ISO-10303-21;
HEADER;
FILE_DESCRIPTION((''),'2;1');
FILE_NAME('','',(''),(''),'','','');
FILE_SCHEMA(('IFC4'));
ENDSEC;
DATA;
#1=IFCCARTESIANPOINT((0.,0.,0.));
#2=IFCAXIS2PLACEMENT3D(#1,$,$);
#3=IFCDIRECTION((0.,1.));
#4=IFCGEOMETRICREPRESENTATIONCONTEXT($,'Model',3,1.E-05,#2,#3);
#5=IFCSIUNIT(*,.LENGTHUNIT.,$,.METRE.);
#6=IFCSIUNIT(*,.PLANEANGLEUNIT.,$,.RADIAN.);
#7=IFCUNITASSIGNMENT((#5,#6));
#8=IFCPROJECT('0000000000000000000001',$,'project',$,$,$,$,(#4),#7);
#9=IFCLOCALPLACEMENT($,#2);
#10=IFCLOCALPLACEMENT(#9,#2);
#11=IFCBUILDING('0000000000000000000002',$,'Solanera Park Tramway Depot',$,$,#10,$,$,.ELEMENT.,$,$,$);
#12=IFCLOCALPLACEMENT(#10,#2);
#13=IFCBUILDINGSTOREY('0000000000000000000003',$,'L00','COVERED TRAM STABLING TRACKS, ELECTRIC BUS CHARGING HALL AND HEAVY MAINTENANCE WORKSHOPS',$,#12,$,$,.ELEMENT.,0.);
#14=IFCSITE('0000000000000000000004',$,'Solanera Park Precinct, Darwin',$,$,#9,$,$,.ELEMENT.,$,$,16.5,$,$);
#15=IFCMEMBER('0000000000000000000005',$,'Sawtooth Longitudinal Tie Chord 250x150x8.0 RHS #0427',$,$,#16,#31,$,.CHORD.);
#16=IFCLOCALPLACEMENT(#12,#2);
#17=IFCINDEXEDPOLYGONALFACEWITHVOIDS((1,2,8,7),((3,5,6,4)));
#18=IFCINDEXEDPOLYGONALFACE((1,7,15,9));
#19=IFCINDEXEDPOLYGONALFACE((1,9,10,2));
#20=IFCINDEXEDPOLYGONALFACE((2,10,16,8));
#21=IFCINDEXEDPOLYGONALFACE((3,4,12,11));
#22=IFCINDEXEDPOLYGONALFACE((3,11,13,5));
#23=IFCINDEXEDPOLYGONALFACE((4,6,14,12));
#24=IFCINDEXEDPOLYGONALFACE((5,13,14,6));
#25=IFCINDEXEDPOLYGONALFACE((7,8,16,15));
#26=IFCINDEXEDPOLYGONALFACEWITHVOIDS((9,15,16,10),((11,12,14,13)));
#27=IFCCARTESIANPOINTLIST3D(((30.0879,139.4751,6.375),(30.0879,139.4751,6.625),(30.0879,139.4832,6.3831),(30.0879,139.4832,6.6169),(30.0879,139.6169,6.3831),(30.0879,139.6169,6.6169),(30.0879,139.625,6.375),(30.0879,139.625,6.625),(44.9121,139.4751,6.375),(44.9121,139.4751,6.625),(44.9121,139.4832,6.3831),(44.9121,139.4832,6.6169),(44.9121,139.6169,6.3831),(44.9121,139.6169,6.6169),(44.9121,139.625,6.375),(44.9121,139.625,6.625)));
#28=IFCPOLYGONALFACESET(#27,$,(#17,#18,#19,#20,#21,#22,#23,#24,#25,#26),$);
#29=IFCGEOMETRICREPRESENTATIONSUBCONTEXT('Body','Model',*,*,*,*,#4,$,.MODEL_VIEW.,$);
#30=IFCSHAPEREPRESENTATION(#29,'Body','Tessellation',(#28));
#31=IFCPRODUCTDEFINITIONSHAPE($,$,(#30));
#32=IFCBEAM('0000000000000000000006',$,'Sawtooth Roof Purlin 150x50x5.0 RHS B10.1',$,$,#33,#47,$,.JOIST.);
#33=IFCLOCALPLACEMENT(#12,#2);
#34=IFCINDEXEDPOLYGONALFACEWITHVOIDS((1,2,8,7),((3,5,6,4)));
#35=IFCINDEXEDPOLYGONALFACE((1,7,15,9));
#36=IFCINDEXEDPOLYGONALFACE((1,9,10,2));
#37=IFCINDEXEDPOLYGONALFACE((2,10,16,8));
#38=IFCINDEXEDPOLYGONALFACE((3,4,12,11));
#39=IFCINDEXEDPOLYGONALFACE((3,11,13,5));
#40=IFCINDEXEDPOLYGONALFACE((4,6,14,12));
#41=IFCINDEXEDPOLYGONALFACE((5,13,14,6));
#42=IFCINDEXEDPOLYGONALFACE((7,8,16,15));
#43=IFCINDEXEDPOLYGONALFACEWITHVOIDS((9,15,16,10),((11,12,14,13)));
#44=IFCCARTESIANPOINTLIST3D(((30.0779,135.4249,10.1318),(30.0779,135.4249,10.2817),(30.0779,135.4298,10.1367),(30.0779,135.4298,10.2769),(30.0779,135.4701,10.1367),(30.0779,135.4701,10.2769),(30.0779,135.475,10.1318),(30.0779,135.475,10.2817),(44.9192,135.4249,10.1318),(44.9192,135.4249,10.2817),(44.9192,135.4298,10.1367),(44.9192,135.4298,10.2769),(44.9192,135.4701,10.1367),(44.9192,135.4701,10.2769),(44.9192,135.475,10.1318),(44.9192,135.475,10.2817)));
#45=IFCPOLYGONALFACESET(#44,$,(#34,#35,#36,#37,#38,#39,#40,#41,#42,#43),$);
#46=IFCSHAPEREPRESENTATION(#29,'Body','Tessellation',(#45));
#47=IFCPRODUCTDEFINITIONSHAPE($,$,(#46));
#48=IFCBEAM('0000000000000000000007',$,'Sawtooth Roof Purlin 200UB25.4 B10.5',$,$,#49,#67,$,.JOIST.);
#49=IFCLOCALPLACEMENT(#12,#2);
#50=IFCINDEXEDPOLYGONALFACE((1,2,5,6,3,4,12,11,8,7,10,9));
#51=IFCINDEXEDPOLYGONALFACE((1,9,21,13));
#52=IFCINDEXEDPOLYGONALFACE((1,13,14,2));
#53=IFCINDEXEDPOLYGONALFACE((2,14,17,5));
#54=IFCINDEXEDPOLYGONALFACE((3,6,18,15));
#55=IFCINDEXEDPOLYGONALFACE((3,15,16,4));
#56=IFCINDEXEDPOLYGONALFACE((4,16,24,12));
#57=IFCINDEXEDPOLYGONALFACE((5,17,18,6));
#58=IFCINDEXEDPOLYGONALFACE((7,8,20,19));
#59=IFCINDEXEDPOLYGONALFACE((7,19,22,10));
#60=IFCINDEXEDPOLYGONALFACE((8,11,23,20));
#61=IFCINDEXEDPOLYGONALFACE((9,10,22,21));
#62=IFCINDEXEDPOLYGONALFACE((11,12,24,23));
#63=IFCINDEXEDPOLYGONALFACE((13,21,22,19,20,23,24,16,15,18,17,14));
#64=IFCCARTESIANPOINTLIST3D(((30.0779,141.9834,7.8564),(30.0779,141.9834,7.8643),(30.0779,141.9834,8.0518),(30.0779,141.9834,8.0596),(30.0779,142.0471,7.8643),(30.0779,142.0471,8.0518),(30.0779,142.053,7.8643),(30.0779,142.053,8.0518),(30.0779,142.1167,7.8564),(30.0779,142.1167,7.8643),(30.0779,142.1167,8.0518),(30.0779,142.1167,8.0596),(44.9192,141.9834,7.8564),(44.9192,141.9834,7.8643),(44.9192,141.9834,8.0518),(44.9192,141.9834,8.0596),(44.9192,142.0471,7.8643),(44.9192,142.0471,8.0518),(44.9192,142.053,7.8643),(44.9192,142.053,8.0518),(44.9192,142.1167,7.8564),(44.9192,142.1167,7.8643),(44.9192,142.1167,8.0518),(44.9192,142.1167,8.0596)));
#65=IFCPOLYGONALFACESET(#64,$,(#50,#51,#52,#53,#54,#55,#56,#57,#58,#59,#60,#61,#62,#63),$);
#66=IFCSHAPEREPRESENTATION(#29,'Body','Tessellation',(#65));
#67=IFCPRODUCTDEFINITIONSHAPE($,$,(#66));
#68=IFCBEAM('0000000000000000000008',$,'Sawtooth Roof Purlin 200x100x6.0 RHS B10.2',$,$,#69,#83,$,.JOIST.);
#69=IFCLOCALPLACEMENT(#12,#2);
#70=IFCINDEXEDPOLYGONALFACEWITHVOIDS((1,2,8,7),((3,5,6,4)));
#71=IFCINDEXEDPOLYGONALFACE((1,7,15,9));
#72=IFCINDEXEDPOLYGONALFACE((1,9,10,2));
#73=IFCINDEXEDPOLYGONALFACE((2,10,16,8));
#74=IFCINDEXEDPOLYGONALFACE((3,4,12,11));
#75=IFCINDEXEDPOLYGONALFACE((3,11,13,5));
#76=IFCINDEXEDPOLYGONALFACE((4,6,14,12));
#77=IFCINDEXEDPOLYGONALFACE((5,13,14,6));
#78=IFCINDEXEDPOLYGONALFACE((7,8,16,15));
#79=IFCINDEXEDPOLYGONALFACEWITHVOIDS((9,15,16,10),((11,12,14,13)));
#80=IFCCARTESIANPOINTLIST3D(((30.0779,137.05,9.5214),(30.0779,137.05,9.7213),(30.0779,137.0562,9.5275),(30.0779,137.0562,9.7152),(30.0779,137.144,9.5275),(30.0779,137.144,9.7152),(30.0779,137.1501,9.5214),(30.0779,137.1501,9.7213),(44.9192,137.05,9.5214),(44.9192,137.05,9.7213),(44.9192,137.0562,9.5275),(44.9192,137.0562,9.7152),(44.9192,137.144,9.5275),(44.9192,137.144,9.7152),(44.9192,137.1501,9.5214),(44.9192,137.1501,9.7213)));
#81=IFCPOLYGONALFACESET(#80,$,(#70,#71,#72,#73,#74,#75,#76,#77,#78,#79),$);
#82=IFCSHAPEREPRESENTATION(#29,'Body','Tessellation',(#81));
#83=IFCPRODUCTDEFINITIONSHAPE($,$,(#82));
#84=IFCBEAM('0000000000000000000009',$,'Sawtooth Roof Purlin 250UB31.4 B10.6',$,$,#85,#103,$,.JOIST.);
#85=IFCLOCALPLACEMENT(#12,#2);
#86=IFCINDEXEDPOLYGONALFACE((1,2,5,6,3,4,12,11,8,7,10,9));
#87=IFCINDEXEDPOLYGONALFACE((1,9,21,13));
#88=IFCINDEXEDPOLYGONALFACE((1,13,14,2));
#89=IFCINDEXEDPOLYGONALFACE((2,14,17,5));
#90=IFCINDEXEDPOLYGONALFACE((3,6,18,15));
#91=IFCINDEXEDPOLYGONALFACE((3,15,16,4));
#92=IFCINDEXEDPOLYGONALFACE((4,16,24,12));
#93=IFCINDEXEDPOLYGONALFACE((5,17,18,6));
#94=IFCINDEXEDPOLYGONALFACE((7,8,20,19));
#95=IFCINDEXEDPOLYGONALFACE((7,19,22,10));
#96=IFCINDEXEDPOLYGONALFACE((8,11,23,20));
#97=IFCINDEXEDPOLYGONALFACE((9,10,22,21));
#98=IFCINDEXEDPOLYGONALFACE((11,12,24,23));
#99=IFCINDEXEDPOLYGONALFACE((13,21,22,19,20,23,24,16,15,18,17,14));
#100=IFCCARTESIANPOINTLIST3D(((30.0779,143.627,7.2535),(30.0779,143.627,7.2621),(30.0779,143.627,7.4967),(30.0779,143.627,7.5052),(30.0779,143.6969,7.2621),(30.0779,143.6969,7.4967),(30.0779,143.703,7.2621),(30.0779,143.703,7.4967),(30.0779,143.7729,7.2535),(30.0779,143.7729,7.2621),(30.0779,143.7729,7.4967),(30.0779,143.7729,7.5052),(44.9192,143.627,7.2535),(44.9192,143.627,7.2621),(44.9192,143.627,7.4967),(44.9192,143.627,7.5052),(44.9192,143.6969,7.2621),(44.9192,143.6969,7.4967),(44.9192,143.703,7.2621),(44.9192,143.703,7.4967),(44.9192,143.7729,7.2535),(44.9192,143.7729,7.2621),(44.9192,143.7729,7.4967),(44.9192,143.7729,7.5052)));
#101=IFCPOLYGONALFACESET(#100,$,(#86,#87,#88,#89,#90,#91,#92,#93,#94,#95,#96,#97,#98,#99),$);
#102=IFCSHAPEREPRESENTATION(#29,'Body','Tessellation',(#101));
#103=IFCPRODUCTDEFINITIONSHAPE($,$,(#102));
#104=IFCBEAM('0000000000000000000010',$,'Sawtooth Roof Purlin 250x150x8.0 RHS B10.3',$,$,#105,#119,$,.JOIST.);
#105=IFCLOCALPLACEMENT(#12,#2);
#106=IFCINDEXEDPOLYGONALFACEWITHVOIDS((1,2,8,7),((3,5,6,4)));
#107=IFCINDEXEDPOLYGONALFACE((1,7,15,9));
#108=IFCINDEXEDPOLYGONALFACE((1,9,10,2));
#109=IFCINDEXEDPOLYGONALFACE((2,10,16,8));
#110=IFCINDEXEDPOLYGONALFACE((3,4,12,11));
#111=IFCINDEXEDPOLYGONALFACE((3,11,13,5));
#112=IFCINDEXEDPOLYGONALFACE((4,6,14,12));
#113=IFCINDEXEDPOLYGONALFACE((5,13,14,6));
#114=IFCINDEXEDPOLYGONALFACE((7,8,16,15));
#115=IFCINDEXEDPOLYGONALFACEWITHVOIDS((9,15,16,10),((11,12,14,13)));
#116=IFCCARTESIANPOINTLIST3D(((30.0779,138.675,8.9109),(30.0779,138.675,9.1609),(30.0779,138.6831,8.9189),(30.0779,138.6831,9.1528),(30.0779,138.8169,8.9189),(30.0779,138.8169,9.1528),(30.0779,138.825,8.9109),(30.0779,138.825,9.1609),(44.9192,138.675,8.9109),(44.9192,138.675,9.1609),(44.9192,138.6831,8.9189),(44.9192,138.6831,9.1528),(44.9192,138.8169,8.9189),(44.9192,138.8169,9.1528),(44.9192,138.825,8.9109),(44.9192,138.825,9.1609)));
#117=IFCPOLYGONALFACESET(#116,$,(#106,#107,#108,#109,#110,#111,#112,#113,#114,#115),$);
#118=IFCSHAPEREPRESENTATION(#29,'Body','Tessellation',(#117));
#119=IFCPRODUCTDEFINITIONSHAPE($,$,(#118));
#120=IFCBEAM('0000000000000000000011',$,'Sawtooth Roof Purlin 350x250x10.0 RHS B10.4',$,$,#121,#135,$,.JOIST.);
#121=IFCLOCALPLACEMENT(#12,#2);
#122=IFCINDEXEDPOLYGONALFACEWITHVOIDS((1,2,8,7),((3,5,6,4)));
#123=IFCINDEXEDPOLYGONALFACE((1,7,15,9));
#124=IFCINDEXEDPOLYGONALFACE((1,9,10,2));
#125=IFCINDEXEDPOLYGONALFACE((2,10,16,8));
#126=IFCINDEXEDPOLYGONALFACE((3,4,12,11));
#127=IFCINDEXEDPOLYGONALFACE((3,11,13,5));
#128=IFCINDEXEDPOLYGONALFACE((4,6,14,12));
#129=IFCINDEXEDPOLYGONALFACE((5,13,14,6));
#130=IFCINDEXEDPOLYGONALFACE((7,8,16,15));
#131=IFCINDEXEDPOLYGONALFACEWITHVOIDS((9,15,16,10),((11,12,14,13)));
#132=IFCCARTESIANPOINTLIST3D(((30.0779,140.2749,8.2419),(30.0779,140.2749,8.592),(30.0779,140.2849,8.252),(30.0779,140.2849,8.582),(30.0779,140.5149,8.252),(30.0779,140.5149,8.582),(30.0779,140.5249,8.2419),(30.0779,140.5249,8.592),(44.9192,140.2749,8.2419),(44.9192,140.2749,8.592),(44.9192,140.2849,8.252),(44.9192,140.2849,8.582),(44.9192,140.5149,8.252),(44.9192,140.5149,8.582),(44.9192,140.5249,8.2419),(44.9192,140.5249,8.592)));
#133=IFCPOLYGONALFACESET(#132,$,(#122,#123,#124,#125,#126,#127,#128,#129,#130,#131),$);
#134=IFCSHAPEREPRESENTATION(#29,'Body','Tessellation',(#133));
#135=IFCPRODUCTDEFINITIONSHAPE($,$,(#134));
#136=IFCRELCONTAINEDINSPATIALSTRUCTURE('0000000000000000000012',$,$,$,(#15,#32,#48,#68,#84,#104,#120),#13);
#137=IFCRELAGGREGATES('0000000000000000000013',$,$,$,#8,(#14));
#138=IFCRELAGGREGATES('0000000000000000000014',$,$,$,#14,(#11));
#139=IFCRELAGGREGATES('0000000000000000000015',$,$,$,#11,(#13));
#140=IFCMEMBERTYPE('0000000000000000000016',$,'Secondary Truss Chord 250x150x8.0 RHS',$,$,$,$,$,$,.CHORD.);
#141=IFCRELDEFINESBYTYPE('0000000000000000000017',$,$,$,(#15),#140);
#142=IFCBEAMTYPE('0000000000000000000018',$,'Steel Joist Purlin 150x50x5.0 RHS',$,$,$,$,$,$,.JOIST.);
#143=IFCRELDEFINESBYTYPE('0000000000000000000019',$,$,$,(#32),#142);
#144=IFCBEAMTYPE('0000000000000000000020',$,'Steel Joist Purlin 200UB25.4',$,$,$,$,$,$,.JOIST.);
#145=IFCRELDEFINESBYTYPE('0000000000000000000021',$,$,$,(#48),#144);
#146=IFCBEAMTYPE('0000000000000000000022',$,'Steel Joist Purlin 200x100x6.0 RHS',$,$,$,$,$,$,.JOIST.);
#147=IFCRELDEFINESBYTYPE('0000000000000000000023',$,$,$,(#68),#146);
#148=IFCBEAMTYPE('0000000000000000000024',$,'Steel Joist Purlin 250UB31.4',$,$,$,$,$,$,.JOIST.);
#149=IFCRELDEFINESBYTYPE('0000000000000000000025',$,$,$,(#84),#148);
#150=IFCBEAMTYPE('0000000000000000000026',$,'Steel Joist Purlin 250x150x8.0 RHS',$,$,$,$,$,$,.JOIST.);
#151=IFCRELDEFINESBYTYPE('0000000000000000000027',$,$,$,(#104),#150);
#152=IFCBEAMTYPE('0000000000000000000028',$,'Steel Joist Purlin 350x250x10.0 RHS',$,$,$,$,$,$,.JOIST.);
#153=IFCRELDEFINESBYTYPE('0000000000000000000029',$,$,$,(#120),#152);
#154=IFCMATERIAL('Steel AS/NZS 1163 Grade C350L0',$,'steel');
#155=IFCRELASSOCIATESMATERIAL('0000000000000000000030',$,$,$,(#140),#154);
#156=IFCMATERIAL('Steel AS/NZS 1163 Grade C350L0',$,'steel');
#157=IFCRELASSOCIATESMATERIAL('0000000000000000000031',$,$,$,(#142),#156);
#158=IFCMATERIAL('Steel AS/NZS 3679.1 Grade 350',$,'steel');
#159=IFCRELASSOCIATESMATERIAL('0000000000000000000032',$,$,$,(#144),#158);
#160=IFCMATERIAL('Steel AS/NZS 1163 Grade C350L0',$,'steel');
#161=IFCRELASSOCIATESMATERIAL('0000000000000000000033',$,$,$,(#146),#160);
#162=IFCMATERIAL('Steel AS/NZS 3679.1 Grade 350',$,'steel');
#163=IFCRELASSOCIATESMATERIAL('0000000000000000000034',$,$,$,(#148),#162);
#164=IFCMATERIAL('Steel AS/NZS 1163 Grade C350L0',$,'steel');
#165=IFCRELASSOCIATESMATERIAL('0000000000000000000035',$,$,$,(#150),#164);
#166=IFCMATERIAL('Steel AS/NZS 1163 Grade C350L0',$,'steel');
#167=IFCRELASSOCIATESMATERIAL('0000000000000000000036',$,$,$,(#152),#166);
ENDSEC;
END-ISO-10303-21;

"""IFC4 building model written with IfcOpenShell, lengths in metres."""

from ifc_helpers import new_model, si_unit, direction, frame, origin, origin_2d, place, context, subcontext, project, spatial, hollow_rectangle, i_section, extrude, material, material_profile, profile_set, type_object, element, save


model = new_model("IFC4")

# Units and contexts
model_context = context("Model", 3, precision=1e-05, world=origin(), true_north=direction((0.0, 1.0)))
body_context = subcontext(model_context, "Body", "Model", "MODEL_VIEW")
ifc_project = project(units=[si_unit("LENGTHUNIT", "METRE"), si_unit("PLANEANGLEUNIT", "RADIAN")], contexts=[model_context])

# Site, building, storey
site_placement = place(None, origin())
site = spatial("IfcSite", under=ifc_project, at=site_placement, Name="Solanera Park Precinct, Darwin", CompositionType="ELEMENT", RefElevation=16.5)
building_placement = place(site_placement, origin())
building = spatial("IfcBuilding", under=site, at=building_placement, Name="Solanera Park Tramway Depot", CompositionType="ELEMENT")
storey_placement = place(building_placement, origin())
storey = spatial("IfcBuildingStorey", under=building, at=storey_placement, Name="L00", Description="COVERED TRAM STABLING TRACKS, ELECTRIC BUS CHARGING HALL AND HEAVY MAINTENANCE WORKSHOPS", CompositionType="ELEMENT", Elevation=0.0)

# Member
ifc_material_1 = material(Name="Steel AS/NZS 1163 Grade C350L0", Category="steel")
ifc_material_profile_1 = material_profile(ifc_material_1, hollow_rectangle(XDim=0.1499, YDim=0.25, WallThickness=0.0081, at=origin_2d()), Name="250x150x8.0 RHS")
ifc_profile_set_1 = profile_set([ifc_material_profile_1], Name="Steel AS/NZS 1163 Grade C350L0")
member_type_1 = type_object("IfcMemberType", Name="Secondary Truss Chord 250x150x8.0 RHS", PredefinedType="CHORD", material=ifc_profile_set_1)
member_1_placement = place(storey_placement, frame((30.0879, 139.55, 6.5), z_axis=(1.0, 0.0, 0.0), x_axis=(0.0, 1.0, 0.0)))
element("IfcMember", 1, at=member_1_placement, inside=storey, type_object=member_type_1, Name="Sawtooth Longitudinal Tie Chord 250x150x8.0 RHS #0427", PredefinedType="CHORD", context=body_context, shape_type="SweptSolid", body=[
    extrude(hollow_rectangle(XDim=0.1499, YDim=0.25, WallThickness=0.0081, at=origin_2d()), origin(), (0.0, 0.0, 1.0), 14.8242),
])

# Beams
ifc_material_2 = material(Name="Steel AS/NZS 1163 Grade C350L0", Category="steel")
ifc_material_profile_2 = material_profile(ifc_material_2, hollow_rectangle(XDim=0.05, YDim=0.1499, WallThickness=0.0049, at=origin_2d()), Name="150x50x5.0 RHS")
ifc_profile_set_2 = profile_set([ifc_material_profile_2], Name="Steel AS/NZS 1163 Grade C350L0")
beam_type_1 = type_object("IfcBeamType", Name="Steel Joist Purlin 150x50x5.0 RHS", PredefinedType="JOIST", material=ifc_profile_set_2)
beam_1_placement = place(storey_placement, frame((30.0779, 135.45, 10.2068), z_axis=(1.0, 0.0, 0.0), x_axis=(0.0, 1.0, 0.0)))
element("IfcBeam", 2, at=beam_1_placement, inside=storey, type_object=beam_type_1, Name="Sawtooth Roof Purlin 150x50x5.0 RHS B10.1", PredefinedType="JOIST", context=body_context, shape_type="SweptSolid", body=[
    extrude(hollow_rectangle(XDim=0.05, YDim=0.1499, WallThickness=0.0049, at=origin_2d()), origin(), (0.0, 0.0, 1.0), 14.8413),
])
ifc_material_3 = material(Name="Steel AS/NZS 3679.1 Grade 350", Category="steel")
ifc_material_profile_3 = material_profile(ifc_material_3, i_section(OverallWidth=0.1333, OverallDepth=0.2031, WebThickness=0.0059, FlangeThickness=0.0078, at=origin_2d()), Name="200UB25.4")
ifc_profile_set_3 = profile_set([ifc_material_profile_3], Name="Steel AS/NZS 3679.1 Grade 350")
beam_type_2 = type_object("IfcBeamType", Name="Steel Joist Purlin 200UB25.4", PredefinedType="JOIST", material=ifc_profile_set_3)
beam_2_placement = place(storey_placement, frame((30.0779, 142.05, 7.958), z_axis=(1.0, 0.0, 0.0), x_axis=(0.0, 1.0, 0.0)))
element("IfcBeam", 3, at=beam_2_placement, inside=storey, type_object=beam_type_2, Name="Sawtooth Roof Purlin 200UB25.4 B10.5", PredefinedType="JOIST", context=body_context, shape_type="SweptSolid", body=[
    extrude(i_section(OverallWidth=0.1333, OverallDepth=0.2031, WebThickness=0.0059, FlangeThickness=0.0078, at=origin_2d()), origin(), (0.0, 0.0, 1.0), 14.8413),
])
ifc_material_4 = material(Name="Steel AS/NZS 1163 Grade C350L0", Category="steel")
ifc_material_profile_4 = material_profile(ifc_material_4, hollow_rectangle(XDim=0.1001, YDim=0.2, WallThickness=0.0061, at=origin_2d()), Name="200x100x6.0 RHS")
ifc_profile_set_4 = profile_set([ifc_material_profile_4], Name="Steel AS/NZS 1163 Grade C350L0")
beam_type_3 = type_object("IfcBeamType", Name="Steel Joist Purlin 200x100x6.0 RHS", PredefinedType="JOIST", material=ifc_profile_set_4)
beam_3_placement = place(storey_placement, frame((30.0779, 137.1001, 9.6213), z_axis=(1.0, 0.0, 0.0), x_axis=(0.0, 1.0, 0.0)))
element("IfcBeam", 4, at=beam_3_placement, inside=storey, type_object=beam_type_3, Name="Sawtooth Roof Purlin 200x100x6.0 RHS B10.2", PredefinedType="JOIST", context=body_context, shape_type="SweptSolid", body=[
    extrude(hollow_rectangle(XDim=0.1001, YDim=0.2, WallThickness=0.0061, at=origin_2d()), origin(), (0.0, 0.0, 1.0), 14.8413),
])
ifc_material_5 = material(Name="Steel AS/NZS 3679.1 Grade 350", Category="steel")
ifc_material_profile_5 = material_profile(ifc_material_5, i_section(OverallWidth=0.146, OverallDepth=0.2517, WebThickness=0.0061, FlangeThickness=0.0085, at=origin_2d()), Name="250UB31.4")
ifc_profile_set_5 = profile_set([ifc_material_profile_5], Name="Steel AS/NZS 3679.1 Grade 350")
beam_type_4 = type_object("IfcBeamType", Name="Steel Joist Purlin 250UB31.4", PredefinedType="JOIST", material=ifc_profile_set_5)
beam_4_placement = place(storey_placement, frame((30.0779, 143.7, 7.3794), z_axis=(1.0, 0.0, 0.0), x_axis=(0.0, 1.0, 0.0)))
element("IfcBeam", 5, at=beam_4_placement, inside=storey, type_object=beam_type_4, Name="Sawtooth Roof Purlin 250UB31.4 B10.6", PredefinedType="JOIST", context=body_context, shape_type="SweptSolid", body=[
    extrude(i_section(OverallWidth=0.146, OverallDepth=0.2517, WebThickness=0.0061, FlangeThickness=0.0085, at=origin_2d()), origin(), (0.0, 0.0, 1.0), 14.8413),
])
ifc_material_6 = material(Name="Steel AS/NZS 1163 Grade C350L0", Category="steel")
ifc_material_profile_6 = material_profile(ifc_material_6, hollow_rectangle(XDim=0.1499, YDim=0.25, WallThickness=0.0081, at=origin_2d()), Name="250x150x8.0 RHS")
ifc_profile_set_6 = profile_set([ifc_material_profile_6], Name="Steel AS/NZS 1163 Grade C350L0")
beam_type_5 = type_object("IfcBeamType", Name="Steel Joist Purlin 250x150x8.0 RHS", PredefinedType="JOIST", material=ifc_profile_set_6)
beam_5_placement = place(storey_placement, frame((30.0779, 138.75, 9.0359), z_axis=(1.0, 0.0, 0.0), x_axis=(0.0, 1.0, 0.0)))
element("IfcBeam", 6, at=beam_5_placement, inside=storey, type_object=beam_type_5, Name="Sawtooth Roof Purlin 250x150x8.0 RHS B10.3", PredefinedType="JOIST", context=body_context, shape_type="SweptSolid", body=[
    extrude(hollow_rectangle(XDim=0.1499, YDim=0.25, WallThickness=0.0081, at=origin_2d()), origin(), (0.0, 0.0, 1.0), 14.8413),
])
ifc_material_7 = material(Name="Steel AS/NZS 1163 Grade C350L0", Category="steel")
ifc_material_profile_7 = material_profile(ifc_material_7, hollow_rectangle(XDim=0.25, YDim=0.3501, WallThickness=0.01, at=origin_2d()), Name="350x250x10.0 RHS")
ifc_profile_set_7 = profile_set([ifc_material_profile_7], Name="Steel AS/NZS 1163 Grade C350L0")
beam_type_6 = type_object("IfcBeamType", Name="Steel Joist Purlin 350x250x10.0 RHS", PredefinedType="JOIST", material=ifc_profile_set_7)
beam_6_placement = place(storey_placement, frame((30.0779, 140.3999, 8.417), z_axis=(1.0, 0.0, 0.0), x_axis=(0.0, 1.0, 0.0)))
element("IfcBeam", 7, at=beam_6_placement, inside=storey, type_object=beam_type_6, Name="Sawtooth Roof Purlin 350x250x10.0 RHS B10.4", PredefinedType="JOIST", context=body_context, shape_type="SweptSolid", body=[
    extrude(hollow_rectangle(XDim=0.25, YDim=0.3501, WallThickness=0.01, at=origin_2d()), origin(), (0.0, 0.0, 1.0), 14.8413),
])

save(model, "model.ifc")
